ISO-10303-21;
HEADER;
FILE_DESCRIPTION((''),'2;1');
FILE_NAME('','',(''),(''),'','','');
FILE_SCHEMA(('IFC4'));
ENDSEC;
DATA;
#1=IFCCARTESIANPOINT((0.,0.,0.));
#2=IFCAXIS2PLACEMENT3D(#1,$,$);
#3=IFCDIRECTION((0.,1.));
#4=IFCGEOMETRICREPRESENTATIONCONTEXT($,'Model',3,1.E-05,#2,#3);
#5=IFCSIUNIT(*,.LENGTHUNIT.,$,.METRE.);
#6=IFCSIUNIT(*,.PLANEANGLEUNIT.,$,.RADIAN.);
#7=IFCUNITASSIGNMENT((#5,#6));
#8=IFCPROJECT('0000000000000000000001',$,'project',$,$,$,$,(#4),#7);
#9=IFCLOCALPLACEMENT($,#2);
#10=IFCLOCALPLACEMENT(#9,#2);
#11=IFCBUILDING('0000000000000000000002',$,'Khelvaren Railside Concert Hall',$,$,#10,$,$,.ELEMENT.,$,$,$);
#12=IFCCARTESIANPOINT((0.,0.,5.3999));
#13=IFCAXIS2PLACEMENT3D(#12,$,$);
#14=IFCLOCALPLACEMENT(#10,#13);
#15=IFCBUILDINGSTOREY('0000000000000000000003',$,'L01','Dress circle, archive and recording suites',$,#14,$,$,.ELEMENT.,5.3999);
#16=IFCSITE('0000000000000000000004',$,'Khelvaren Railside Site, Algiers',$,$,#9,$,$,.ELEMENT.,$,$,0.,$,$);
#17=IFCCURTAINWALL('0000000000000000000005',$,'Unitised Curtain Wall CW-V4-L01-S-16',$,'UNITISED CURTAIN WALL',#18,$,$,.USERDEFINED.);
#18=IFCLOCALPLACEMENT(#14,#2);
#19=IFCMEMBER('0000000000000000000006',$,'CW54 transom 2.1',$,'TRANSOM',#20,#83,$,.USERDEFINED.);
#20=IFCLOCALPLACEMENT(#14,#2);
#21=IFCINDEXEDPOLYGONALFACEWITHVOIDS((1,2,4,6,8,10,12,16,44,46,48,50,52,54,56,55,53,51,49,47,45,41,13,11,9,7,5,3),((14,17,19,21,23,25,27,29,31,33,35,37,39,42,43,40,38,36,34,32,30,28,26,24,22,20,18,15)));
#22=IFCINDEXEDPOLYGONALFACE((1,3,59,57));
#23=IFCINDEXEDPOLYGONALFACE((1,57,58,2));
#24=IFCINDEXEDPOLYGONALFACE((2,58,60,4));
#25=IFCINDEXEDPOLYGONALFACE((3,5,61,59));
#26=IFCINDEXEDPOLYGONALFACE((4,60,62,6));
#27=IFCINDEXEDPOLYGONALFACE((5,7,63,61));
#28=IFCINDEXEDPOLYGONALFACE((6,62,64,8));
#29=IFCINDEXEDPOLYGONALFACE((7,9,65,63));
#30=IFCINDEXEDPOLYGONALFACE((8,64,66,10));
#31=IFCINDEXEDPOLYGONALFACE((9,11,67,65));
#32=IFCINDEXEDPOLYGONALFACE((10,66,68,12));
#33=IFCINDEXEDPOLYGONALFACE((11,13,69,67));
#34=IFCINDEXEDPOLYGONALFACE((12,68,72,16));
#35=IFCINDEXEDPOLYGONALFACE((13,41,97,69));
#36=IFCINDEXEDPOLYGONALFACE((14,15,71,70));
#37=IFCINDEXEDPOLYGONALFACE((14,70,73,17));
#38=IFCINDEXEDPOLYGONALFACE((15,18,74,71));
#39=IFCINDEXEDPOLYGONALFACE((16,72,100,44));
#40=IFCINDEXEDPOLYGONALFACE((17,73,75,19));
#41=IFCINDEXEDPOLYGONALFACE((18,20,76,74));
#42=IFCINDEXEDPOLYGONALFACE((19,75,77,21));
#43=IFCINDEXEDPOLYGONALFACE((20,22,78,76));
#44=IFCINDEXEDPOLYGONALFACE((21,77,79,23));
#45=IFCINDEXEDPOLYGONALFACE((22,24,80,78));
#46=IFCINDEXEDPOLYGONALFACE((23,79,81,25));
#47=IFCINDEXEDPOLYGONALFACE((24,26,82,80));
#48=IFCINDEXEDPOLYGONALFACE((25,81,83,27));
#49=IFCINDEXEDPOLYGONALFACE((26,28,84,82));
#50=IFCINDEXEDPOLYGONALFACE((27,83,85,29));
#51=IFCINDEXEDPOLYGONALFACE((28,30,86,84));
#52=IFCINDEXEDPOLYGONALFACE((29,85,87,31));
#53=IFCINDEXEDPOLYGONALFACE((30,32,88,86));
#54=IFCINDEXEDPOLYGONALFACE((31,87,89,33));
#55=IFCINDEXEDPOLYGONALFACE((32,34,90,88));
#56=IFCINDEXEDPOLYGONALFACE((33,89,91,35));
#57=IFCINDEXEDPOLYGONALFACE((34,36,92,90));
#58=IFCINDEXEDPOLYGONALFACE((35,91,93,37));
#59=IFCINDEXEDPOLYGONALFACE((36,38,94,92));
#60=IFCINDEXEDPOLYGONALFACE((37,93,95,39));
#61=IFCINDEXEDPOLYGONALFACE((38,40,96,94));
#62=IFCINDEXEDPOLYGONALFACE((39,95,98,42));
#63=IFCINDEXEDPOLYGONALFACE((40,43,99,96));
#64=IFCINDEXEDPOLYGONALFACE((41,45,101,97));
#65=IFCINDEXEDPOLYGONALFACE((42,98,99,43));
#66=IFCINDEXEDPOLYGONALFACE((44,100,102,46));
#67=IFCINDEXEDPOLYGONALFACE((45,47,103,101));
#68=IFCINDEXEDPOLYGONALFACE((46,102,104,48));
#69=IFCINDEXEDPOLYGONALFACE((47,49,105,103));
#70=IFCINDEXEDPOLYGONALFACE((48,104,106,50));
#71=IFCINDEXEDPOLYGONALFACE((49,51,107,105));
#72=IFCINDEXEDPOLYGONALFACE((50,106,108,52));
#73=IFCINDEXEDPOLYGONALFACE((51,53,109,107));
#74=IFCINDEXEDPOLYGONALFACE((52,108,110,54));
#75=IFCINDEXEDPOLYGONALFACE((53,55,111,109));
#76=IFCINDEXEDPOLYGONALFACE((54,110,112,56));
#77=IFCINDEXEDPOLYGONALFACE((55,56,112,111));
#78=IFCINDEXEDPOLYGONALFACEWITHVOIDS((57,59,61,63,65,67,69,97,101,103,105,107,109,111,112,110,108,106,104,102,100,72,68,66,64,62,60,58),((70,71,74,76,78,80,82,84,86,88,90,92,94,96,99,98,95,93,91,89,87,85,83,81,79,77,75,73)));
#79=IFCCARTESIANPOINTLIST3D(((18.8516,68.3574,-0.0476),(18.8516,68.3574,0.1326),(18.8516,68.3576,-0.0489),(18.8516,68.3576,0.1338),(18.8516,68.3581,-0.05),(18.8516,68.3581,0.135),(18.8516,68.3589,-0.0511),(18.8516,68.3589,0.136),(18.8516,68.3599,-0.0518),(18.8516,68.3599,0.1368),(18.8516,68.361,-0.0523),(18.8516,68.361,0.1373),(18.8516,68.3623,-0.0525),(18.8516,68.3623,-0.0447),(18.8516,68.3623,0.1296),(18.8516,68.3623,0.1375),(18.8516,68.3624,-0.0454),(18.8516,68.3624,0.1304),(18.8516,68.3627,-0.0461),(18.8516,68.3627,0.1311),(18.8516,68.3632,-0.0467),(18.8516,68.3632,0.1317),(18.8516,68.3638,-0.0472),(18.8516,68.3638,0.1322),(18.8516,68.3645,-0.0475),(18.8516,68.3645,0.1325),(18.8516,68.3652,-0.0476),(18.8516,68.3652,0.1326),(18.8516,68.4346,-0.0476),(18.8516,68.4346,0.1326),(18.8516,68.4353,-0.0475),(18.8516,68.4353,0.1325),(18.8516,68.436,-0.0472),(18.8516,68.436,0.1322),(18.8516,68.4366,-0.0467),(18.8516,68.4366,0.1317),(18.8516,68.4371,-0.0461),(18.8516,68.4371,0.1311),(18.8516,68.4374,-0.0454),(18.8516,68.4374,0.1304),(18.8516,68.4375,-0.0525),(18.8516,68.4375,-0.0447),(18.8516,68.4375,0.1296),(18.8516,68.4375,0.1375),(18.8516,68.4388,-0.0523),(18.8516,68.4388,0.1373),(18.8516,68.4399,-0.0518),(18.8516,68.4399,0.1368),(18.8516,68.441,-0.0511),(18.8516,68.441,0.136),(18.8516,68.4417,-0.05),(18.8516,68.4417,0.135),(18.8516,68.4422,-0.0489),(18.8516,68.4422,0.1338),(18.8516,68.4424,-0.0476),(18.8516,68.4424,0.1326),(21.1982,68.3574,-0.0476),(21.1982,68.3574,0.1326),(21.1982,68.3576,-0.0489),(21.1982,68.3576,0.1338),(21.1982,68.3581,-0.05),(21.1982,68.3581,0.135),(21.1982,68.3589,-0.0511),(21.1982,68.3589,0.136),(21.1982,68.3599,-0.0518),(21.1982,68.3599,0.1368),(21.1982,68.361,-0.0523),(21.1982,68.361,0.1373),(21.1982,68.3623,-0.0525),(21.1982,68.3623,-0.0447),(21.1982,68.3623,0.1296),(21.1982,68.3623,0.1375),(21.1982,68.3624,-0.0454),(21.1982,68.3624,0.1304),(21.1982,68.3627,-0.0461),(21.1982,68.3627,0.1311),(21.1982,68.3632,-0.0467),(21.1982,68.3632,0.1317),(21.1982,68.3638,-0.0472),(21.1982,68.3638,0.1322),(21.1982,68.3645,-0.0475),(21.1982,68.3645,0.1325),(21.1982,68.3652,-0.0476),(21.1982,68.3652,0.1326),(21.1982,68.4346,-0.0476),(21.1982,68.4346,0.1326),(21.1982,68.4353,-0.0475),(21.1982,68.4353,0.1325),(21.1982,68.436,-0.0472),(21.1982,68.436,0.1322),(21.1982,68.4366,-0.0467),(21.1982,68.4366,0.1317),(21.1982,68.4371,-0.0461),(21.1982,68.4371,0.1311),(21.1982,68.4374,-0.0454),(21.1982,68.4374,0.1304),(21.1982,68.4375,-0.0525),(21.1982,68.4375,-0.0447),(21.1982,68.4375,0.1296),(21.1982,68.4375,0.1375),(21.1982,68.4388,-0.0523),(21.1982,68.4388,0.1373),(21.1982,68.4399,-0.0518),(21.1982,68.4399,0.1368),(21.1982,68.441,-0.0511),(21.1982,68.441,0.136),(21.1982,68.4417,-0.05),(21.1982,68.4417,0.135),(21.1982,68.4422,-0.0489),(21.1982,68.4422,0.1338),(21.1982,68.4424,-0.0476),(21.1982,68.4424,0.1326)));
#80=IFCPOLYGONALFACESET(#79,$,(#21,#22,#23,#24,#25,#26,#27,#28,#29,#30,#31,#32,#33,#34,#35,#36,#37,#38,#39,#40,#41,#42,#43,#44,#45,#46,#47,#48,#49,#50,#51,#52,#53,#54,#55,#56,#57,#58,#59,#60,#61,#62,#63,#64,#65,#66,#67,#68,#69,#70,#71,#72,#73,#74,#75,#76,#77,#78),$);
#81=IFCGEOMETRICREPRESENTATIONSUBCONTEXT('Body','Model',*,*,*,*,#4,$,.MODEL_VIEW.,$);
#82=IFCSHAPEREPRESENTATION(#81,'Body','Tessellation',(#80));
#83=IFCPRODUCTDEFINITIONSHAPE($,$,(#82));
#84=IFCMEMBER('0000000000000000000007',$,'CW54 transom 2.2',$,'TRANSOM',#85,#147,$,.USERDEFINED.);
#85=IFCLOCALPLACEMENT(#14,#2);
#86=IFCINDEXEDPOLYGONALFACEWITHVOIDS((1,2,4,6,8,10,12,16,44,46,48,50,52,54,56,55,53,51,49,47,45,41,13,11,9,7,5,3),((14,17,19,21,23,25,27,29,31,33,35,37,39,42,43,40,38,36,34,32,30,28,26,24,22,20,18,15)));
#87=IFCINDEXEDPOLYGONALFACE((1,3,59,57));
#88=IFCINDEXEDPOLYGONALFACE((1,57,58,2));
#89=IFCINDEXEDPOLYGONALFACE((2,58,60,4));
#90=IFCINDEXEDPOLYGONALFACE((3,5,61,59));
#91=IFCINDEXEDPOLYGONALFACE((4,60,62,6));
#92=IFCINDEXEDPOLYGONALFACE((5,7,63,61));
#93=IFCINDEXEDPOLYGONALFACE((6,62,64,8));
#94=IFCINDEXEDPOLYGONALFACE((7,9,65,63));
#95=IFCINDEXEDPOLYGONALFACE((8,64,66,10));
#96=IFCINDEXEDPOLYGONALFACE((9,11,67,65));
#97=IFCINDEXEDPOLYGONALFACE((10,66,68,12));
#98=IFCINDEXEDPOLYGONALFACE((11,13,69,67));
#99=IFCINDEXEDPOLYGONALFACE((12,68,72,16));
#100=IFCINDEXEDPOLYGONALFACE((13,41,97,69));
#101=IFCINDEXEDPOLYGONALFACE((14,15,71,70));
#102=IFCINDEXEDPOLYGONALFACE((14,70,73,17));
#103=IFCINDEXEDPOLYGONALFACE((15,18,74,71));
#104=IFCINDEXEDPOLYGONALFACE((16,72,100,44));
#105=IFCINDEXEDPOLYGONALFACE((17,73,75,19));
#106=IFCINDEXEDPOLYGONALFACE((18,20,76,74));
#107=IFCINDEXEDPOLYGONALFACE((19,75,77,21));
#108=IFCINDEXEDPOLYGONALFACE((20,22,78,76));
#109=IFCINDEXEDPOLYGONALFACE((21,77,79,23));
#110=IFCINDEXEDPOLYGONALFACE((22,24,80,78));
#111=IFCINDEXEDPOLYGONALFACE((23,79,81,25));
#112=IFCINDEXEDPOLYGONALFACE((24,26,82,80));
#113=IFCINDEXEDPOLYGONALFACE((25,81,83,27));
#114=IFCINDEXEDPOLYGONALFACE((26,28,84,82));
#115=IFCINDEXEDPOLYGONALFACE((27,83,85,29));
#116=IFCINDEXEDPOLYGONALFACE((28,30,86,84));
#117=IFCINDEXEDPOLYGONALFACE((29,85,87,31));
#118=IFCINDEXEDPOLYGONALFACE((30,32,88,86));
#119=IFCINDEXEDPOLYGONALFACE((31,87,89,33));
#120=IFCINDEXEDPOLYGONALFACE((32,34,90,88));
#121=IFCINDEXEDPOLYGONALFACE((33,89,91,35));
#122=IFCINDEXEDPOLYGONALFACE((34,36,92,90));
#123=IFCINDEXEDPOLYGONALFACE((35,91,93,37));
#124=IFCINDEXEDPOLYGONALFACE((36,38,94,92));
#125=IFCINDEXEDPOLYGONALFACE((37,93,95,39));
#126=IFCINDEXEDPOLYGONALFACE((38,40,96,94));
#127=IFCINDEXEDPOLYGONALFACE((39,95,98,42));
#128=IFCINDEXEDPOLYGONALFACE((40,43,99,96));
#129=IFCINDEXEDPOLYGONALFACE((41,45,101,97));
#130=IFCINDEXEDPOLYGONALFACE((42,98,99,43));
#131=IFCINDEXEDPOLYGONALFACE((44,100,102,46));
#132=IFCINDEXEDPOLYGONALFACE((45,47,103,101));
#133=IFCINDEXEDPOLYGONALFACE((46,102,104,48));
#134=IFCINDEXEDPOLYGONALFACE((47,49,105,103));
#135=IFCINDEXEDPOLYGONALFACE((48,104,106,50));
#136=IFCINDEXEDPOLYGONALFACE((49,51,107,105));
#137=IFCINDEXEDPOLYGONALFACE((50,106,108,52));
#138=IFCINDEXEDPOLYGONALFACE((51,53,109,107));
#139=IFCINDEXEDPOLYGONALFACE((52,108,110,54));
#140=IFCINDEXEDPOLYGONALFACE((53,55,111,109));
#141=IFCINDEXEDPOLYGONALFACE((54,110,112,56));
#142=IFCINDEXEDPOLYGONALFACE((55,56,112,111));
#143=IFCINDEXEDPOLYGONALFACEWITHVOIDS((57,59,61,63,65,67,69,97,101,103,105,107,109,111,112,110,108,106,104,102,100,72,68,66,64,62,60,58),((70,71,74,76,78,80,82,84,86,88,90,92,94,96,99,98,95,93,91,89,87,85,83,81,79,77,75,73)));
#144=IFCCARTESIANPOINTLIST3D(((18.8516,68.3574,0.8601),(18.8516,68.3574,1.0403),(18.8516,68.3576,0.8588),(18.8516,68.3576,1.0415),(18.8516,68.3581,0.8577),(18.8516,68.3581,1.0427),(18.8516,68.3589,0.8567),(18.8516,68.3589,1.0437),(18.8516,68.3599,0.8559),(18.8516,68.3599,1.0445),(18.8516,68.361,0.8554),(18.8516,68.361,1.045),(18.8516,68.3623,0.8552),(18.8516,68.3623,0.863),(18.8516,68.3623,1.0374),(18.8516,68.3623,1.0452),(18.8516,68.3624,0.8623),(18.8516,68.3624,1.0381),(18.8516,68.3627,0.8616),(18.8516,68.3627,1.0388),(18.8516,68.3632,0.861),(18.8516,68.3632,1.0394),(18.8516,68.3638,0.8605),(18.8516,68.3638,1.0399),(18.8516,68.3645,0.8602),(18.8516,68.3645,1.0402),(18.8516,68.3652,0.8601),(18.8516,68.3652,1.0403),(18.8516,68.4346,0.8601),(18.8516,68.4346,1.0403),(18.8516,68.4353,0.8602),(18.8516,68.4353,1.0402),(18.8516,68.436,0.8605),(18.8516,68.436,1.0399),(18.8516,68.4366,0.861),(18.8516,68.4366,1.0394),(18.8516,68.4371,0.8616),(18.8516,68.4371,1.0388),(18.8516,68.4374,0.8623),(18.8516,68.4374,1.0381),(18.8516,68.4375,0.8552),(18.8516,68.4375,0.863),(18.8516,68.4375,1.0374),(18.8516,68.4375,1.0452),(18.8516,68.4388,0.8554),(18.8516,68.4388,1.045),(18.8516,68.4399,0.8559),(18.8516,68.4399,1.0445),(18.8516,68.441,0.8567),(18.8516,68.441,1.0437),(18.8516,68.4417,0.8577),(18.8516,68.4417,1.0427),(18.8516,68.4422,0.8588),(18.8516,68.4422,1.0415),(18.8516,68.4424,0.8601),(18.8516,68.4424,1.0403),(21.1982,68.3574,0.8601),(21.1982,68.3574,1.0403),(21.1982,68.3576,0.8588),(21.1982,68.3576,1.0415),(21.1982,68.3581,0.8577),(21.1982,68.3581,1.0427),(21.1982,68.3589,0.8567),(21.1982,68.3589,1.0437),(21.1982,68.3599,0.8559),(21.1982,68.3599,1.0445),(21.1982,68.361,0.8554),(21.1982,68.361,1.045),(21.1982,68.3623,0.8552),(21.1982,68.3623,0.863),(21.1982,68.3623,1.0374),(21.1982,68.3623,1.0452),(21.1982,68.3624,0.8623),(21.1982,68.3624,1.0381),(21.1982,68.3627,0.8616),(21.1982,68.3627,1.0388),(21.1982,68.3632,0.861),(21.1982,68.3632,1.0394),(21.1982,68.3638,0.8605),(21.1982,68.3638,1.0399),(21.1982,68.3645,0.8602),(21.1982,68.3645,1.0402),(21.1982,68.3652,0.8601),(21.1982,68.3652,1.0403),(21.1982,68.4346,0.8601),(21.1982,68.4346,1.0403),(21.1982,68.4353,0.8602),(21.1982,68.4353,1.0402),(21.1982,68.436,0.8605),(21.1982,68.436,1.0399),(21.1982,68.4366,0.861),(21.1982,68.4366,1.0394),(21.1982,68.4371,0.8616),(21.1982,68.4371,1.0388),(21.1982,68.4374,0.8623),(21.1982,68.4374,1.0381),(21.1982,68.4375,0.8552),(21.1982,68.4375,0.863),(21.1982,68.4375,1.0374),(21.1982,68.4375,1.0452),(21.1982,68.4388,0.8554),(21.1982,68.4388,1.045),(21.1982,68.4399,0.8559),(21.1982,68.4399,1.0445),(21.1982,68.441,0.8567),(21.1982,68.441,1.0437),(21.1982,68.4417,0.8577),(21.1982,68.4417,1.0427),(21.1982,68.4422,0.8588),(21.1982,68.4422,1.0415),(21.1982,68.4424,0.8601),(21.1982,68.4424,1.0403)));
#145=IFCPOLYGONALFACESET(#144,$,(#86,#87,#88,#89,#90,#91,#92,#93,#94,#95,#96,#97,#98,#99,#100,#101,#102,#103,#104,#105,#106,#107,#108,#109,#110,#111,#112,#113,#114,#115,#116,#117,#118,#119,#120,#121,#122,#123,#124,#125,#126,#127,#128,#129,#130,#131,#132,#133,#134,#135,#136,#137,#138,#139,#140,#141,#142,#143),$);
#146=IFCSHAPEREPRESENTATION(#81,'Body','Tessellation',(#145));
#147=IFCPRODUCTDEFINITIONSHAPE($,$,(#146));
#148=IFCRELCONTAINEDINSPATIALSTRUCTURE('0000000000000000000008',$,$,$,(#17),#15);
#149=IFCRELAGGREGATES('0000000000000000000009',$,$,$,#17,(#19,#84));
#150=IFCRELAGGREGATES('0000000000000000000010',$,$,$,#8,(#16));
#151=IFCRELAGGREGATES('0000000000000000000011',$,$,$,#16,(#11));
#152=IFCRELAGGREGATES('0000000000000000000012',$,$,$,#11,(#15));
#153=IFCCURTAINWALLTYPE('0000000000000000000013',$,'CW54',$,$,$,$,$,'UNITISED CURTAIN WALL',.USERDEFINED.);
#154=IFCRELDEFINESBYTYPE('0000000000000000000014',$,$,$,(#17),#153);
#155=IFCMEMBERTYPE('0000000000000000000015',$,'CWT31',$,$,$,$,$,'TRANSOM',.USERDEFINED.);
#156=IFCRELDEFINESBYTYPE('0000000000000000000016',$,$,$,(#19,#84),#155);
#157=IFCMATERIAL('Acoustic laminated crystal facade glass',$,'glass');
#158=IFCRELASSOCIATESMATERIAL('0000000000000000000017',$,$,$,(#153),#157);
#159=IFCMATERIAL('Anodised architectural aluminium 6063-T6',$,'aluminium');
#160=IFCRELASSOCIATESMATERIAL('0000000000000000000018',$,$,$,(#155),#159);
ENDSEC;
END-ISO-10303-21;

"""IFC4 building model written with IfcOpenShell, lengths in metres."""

from ifc_helpers import new_model, si_unit, direction, frame, origin, origin_2d, place, context, subcontext, project, spatial, hollow_rectangle, extrude, material, material_profile, profile_set, type_object, element, aggregate, save


model = new_model("IFC4")

# Units and contexts
model_context = context("Model", 3, precision=1e-05, world=origin(), true_north=direction((0.0, 1.0)))
body_context = subcontext(model_context, "Body", "Model", "MODEL_VIEW")
ifc_project = project(units=[si_unit("LENGTHUNIT", "METRE"), si_unit("PLANEANGLEUNIT", "RADIAN")], contexts=[model_context])

# Site, building, storey
site_placement = place(None, origin())
site = spatial("IfcSite", under=ifc_project, at=site_placement, Name="Khelvaren Railside Site, Algiers", CompositionType="ELEMENT", RefElevation=0.0)
building_placement = place(site_placement, origin())
building = spatial("IfcBuilding", under=site, at=building_placement, Name="Khelvaren Railside Concert Hall", CompositionType="ELEMENT")
storey_placement = place(building_placement, frame((0.0, 0.0, 5.3999)))
storey = spatial("IfcBuildingStorey", under=building, at=storey_placement, Name="L01", Description="Dress circle, archive and recording suites", CompositionType="ELEMENT", Elevation=5.3999)

# Curtain wall, members
ifc_material_1 = material(Name="Acoustic laminated crystal facade glass", Category="glass")
curtain_wall_type = type_object("IfcCurtainWallType", Name="CW54", ElementType="UNITISED CURTAIN WALL", PredefinedType="USERDEFINED", material=ifc_material_1)
curtain_wall_placement = place(storey_placement, origin())
curtain_wall = element("IfcCurtainWall", 1, at=curtain_wall_placement, inside=storey, type_object=curtain_wall_type, Name="Unitised Curtain Wall CW-V4-L01-S-16", ObjectType="UNITISED CURTAIN WALL", PredefinedType="USERDEFINED")
ifc_material_2 = material(Name="Anodised architectural aluminium 6063-T6", Category="aluminium")
ifc_material_profile_1 = material_profile(ifc_material_2, hollow_rectangle(XDim=0.085, YDim=0.1899, WallThickness=0.0049, InnerFilletRadius=0.0029, OuterFilletRadius=0.0049, at=origin_2d()), Name="CWT 85x190x5")
ifc_profile_set_1 = profile_set([ifc_material_profile_1], Name="Anodised architectural aluminium 6063-T6")
member_type_1 = type_object("IfcMemberType", Name="CWT31", ElementType="TRANSOM", PredefinedType="USERDEFINED", material=ifc_profile_set_1)
member_1_placement = place(storey_placement, frame((21.1982, 68.3999, 0.0425), z_axis=(-1.0, 0.0, 0.0), x_axis=(0.0, -1.0, 0.0)))
member_1 = element("IfcMember", 2, at=member_1_placement, type_object=member_type_1, Name="CW54 transom 2.1", ObjectType="TRANSOM", PredefinedType="USERDEFINED", context=body_context, shape_type="SweptSolid", body=[
    extrude(hollow_rectangle(XDim=0.085, YDim=0.1899, WallThickness=0.0049, InnerFilletRadius=0.0029, OuterFilletRadius=0.0049, at=origin_2d()), origin(), (0.0, 0.0, 1.0), 2.3467),
])
member_2_placement = place(storey_placement, frame((21.1982, 68.3999, 0.9502), z_axis=(-1.0, 0.0, 0.0), x_axis=(0.0, -1.0, 0.0)))
member_2 = element("IfcMember", 3, at=member_2_placement, type_object=member_type_1, Name="CW54 transom 2.2", ObjectType="TRANSOM", PredefinedType="USERDEFINED", context=body_context, shape_type="SweptSolid", body=[
    extrude(hollow_rectangle(XDim=0.085, YDim=0.1899, WallThickness=0.0049, InnerFilletRadius=0.0029, OuterFilletRadius=0.0049, at=origin_2d()), origin(), (0.0, 0.0, 1.0), 2.3467),
])

aggregate(curtain_wall, [member_1, member_2])

save(model, "model.ifc")
